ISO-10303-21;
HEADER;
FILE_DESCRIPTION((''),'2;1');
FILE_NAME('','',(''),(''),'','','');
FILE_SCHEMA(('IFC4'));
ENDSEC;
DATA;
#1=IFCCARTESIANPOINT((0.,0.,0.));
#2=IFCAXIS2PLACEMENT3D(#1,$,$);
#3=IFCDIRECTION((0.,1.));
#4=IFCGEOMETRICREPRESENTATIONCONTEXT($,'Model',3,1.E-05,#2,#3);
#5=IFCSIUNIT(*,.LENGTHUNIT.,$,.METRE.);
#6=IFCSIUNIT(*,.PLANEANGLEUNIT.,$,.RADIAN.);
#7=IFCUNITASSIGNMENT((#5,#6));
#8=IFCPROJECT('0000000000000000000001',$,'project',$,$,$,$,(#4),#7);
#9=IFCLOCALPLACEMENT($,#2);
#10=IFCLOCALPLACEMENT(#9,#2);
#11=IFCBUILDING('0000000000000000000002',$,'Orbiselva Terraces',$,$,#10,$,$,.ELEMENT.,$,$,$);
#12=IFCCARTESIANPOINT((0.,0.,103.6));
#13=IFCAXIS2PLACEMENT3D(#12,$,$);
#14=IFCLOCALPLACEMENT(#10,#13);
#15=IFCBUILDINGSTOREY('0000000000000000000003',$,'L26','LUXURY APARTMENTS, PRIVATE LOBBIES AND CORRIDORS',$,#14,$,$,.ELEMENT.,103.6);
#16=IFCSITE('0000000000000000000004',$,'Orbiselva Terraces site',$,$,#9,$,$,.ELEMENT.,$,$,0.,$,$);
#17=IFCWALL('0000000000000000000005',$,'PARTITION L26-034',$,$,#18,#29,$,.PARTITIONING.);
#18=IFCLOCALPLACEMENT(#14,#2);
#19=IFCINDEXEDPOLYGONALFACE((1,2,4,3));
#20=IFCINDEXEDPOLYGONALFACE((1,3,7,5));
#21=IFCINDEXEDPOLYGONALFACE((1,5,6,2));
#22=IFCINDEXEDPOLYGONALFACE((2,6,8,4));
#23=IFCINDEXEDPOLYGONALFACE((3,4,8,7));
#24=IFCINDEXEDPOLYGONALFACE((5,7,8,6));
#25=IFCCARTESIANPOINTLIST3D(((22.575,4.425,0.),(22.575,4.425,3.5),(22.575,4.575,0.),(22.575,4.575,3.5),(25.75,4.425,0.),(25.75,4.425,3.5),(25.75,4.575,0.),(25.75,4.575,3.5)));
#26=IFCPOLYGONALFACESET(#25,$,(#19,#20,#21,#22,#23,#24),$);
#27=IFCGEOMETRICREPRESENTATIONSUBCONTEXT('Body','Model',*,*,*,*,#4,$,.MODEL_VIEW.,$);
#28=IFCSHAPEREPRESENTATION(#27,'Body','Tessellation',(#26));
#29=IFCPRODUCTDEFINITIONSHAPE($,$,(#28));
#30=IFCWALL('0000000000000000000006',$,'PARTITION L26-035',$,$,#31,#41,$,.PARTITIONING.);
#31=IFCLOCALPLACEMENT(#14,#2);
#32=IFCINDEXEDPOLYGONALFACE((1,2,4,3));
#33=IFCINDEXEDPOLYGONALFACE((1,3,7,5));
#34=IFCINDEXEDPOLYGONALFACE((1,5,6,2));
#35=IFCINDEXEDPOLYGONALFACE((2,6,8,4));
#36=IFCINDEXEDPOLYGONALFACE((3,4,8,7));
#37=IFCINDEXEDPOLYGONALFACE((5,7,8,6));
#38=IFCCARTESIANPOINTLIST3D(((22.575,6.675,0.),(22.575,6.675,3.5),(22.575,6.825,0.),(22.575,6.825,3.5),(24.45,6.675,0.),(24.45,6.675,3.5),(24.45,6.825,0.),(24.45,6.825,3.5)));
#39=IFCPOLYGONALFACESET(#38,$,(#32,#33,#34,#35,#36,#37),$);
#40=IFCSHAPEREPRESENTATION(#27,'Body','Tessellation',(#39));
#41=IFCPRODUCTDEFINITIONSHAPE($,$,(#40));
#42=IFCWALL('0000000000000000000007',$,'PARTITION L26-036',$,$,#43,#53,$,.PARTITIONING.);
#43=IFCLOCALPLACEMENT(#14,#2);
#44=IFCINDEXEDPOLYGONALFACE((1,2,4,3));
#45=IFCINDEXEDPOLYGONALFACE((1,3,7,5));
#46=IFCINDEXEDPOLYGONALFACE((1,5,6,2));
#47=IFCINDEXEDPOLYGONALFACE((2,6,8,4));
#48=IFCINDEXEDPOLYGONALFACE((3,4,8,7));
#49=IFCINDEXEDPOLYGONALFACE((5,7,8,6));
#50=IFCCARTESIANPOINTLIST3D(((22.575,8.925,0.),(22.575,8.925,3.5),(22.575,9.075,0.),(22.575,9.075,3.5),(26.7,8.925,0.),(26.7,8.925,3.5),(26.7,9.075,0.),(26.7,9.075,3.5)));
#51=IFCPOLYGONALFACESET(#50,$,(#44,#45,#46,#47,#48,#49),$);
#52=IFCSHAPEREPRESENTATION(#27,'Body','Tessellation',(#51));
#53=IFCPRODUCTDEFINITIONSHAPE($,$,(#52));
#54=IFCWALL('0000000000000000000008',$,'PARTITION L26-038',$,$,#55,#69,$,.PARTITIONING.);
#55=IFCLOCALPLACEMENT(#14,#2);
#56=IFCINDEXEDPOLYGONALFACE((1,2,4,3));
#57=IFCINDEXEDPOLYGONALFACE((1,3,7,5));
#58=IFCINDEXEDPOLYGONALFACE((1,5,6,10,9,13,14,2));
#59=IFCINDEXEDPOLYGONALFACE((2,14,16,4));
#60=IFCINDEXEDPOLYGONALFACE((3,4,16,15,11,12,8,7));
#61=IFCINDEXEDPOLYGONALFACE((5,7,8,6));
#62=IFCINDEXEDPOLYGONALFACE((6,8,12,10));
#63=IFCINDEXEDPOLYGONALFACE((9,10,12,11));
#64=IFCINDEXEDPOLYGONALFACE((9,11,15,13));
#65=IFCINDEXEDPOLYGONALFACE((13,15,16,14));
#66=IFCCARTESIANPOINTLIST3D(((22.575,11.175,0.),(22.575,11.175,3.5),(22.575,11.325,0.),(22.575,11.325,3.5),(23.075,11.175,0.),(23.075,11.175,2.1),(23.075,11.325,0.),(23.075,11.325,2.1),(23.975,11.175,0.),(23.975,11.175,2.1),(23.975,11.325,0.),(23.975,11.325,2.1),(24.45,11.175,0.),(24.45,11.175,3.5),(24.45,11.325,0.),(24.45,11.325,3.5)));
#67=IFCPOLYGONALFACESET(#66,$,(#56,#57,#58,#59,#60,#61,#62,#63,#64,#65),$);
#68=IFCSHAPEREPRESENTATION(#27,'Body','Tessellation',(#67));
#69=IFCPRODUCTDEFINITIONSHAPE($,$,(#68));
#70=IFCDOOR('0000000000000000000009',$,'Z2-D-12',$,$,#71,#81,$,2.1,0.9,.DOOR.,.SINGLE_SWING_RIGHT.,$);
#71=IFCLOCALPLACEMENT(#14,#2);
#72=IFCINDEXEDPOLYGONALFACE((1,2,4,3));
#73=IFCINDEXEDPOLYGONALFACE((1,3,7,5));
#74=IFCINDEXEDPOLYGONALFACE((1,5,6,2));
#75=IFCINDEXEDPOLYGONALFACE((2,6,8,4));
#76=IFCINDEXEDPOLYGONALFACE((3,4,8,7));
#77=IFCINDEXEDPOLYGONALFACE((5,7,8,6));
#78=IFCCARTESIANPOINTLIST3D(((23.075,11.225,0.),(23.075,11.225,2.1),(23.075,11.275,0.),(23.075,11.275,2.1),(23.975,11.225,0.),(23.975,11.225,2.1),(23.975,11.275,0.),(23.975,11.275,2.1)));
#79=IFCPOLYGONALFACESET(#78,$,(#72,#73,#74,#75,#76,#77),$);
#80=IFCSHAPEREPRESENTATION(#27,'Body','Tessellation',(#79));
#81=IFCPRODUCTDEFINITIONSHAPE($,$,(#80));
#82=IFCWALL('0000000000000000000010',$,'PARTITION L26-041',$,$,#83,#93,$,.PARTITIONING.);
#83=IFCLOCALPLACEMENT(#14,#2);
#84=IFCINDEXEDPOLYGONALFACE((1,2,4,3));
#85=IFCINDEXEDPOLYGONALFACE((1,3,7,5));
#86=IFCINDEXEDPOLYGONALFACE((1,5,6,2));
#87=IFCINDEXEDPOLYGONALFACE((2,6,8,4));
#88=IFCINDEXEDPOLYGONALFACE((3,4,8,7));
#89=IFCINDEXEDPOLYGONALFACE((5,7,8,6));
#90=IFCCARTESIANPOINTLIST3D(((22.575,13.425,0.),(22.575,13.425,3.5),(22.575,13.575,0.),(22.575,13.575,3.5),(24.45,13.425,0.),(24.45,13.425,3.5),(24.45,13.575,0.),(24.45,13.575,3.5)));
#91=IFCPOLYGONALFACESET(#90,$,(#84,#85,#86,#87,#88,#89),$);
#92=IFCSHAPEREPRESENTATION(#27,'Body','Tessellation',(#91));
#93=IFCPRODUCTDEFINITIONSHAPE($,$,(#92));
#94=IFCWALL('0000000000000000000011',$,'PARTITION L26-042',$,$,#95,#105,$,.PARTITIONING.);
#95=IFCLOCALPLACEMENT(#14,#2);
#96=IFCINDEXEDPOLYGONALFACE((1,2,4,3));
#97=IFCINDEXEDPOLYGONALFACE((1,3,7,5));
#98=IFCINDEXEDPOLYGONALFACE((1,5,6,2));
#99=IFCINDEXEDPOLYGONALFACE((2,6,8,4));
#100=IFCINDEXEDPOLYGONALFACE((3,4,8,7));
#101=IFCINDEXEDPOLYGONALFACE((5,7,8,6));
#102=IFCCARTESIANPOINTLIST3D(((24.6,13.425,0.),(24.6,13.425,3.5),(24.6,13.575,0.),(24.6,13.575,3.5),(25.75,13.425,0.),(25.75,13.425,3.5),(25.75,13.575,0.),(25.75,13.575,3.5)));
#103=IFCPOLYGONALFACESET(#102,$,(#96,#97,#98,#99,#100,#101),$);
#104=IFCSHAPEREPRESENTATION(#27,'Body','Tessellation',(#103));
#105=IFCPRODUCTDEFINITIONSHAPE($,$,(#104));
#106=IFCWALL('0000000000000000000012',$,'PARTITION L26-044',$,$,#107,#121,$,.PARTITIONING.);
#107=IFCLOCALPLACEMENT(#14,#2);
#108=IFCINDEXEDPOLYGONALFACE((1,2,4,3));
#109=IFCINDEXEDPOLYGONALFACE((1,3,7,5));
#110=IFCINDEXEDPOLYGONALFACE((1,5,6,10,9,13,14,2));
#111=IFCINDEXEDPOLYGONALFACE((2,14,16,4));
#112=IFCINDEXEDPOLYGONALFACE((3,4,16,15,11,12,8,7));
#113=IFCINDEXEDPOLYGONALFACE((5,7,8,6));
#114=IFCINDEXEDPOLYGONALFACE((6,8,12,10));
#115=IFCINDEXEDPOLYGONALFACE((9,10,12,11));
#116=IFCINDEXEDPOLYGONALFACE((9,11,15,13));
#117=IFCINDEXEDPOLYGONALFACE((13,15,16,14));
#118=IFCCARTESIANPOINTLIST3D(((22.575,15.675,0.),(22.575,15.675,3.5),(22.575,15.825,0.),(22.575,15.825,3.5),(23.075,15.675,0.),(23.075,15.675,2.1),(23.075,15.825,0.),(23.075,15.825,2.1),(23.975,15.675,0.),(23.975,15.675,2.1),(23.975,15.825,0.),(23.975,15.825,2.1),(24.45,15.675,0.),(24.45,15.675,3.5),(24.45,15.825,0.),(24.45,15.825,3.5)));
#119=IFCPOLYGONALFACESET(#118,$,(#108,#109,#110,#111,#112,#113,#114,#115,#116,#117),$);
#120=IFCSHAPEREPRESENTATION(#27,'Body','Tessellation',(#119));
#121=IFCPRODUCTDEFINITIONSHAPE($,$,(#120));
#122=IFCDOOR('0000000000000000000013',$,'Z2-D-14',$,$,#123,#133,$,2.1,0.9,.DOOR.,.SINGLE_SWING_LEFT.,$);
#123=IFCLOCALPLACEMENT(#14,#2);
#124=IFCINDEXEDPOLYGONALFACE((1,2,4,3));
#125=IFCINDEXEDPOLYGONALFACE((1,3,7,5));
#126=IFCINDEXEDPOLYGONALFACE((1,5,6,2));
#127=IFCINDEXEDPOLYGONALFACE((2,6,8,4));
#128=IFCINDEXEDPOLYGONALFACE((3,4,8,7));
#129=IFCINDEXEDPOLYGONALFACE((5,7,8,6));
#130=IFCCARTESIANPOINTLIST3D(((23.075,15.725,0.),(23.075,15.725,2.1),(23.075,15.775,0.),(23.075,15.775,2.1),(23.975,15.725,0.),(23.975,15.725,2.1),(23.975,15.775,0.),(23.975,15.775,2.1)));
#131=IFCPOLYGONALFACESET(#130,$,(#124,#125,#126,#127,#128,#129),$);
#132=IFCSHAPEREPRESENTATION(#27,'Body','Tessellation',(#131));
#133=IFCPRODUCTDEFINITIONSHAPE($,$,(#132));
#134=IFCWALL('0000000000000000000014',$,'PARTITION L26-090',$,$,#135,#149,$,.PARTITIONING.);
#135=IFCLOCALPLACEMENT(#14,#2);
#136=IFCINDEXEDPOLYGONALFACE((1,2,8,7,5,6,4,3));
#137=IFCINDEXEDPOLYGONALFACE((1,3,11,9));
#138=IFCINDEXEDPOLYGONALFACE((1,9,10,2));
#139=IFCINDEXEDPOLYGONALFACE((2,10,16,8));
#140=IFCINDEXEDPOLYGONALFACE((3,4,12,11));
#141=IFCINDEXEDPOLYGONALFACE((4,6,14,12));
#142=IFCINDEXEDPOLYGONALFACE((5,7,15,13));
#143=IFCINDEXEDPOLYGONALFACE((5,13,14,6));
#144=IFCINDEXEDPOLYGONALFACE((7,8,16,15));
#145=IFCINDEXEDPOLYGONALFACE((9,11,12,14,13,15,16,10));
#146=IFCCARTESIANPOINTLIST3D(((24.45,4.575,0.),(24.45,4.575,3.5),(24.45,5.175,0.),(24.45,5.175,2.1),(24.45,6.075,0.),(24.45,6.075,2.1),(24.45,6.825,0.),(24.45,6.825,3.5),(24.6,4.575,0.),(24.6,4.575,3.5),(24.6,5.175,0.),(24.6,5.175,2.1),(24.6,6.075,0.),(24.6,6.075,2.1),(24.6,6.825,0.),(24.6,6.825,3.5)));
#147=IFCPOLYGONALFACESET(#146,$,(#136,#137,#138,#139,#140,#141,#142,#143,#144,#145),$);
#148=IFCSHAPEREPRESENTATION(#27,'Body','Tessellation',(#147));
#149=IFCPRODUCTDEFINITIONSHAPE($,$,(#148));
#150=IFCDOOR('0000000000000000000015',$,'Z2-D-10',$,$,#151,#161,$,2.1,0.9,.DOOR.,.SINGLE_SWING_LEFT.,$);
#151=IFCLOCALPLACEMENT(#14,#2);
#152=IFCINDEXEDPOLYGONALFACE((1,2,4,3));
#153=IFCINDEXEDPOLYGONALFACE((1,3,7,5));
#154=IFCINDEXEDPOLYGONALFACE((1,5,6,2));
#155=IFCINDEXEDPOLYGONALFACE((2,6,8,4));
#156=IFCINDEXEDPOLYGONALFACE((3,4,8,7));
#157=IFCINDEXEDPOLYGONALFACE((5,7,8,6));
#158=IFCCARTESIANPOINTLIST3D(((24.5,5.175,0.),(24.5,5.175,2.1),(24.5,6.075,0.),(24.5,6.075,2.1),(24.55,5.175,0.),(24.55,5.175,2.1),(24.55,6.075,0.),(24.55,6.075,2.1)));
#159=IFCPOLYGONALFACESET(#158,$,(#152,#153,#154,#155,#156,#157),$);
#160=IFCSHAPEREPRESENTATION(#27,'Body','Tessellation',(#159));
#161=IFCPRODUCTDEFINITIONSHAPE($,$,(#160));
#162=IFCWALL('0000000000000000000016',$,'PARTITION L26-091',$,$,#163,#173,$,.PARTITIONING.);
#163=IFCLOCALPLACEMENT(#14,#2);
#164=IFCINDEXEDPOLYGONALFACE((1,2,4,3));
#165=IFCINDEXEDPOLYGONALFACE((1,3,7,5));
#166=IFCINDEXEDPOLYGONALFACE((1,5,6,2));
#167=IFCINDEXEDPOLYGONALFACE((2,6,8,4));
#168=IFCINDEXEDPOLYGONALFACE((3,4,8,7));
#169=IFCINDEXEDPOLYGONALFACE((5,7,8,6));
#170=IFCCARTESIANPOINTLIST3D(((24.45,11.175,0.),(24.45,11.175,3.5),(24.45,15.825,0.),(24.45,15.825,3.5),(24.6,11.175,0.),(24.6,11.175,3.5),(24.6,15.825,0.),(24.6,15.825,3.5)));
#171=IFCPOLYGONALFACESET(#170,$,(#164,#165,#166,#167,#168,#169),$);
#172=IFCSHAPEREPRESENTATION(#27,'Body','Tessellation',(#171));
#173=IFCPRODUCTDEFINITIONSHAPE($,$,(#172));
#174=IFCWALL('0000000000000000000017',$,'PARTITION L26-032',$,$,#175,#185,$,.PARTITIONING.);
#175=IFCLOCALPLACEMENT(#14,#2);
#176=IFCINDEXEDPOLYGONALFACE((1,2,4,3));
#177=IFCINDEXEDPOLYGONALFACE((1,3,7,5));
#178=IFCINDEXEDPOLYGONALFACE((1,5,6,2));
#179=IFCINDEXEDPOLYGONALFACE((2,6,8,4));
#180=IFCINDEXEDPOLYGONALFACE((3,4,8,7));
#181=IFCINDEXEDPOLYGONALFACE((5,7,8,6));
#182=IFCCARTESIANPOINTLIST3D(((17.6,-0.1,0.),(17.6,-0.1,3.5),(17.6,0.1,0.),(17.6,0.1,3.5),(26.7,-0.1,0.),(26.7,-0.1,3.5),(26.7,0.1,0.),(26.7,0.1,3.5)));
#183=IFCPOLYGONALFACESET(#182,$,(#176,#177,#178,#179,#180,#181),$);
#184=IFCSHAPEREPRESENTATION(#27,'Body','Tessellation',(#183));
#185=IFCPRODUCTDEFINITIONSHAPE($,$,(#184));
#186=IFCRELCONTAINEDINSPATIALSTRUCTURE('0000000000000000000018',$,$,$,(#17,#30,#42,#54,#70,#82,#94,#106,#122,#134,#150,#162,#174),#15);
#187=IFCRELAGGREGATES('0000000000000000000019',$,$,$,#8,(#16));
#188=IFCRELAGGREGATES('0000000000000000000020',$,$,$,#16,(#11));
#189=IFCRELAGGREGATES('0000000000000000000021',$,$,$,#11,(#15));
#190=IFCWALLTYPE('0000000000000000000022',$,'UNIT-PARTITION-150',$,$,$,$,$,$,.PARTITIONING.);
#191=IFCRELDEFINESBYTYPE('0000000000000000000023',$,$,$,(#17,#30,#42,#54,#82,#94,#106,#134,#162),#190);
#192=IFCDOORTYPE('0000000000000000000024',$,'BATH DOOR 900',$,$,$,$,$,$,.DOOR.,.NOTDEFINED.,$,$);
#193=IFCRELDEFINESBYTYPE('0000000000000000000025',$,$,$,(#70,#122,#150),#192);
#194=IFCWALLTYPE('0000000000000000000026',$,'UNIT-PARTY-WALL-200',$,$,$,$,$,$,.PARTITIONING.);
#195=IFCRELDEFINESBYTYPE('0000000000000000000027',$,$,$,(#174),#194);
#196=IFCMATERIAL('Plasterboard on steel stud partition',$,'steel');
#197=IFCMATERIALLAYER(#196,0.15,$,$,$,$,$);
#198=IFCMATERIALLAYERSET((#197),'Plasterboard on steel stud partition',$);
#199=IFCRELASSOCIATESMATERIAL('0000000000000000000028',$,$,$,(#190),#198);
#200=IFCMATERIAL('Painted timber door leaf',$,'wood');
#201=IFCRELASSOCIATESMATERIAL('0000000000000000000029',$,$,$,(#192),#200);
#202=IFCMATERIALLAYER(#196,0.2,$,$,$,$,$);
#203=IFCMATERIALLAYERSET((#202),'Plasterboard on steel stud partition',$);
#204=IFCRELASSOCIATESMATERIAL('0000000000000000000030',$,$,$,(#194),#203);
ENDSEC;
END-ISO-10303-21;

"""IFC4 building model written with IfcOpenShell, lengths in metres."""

from ifc_helpers import new_model, si_unit, direction, frame, frame_2d, origin, place, context, subcontext, project, spatial, rectangle, extrude, material, layer, layer_set, type_object, element, fill, save


model = new_model("IFC4")

# Units and contexts
model_context = context("Model", 3, precision=1e-05, world=origin(), true_north=direction((0.0, 1.0)))
body_context = subcontext(model_context, "Body", "Model", "MODEL_VIEW")
ifc_project = project(units=[si_unit("LENGTHUNIT", "METRE"), si_unit("PLANEANGLEUNIT", "RADIAN")], contexts=[model_context])

# Site, building, storey
site_placement = place(None, origin())
site = spatial("IfcSite", under=ifc_project, at=site_placement, Name="Orbiselva Terraces site", CompositionType="ELEMENT", RefElevation=0.0)
building_placement = place(site_placement, origin())
building = spatial("IfcBuilding", under=site, at=building_placement, Name="Orbiselva Terraces", CompositionType="ELEMENT")
storey_placement = place(building_placement, frame((0.0, 0.0, 103.6)))
storey = spatial("IfcBuildingStorey", under=building, at=storey_placement, Name="L26", Description="LUXURY APARTMENTS, PRIVATE LOBBIES AND CORRIDORS", CompositionType="ELEMENT", Elevation=103.6)

# Walls
ifc_material_1 = material(Name="Plasterboard on steel stud partition", Category="steel")
ifc_layer_1 = layer(ifc_material_1, 0.15)
ifc_layer_set_1 = layer_set([ifc_layer_1], Name="Plasterboard on steel stud partition")
wall_type_1 = type_object("IfcWallType", Name="UNIT-PARTITION-150", PredefinedType="PARTITIONING", material=ifc_layer_set_1)
wall_1_placement = place(storey_placement, frame((22.575, 4.5, 0.0), z_axis=(0.0, 0.0, 1.0), x_axis=(1.0, 0.0, 0.0)))
element("IfcWall", 1, at=wall_1_placement, inside=storey, type_object=wall_type_1, Name="PARTITION L26-034", PredefinedType="PARTITIONING", context=body_context, shape_type="SweptSolid", body=[
    extrude(rectangle(XDim=3.175, YDim=0.15, at=frame_2d((1.5875, 0.0))), origin(), (0.0, 0.0, 1.0), 3.5),
])
wall_2_placement = place(storey_placement, frame((22.575, 6.75, 0.0), z_axis=(0.0, 0.0, 1.0), x_axis=(1.0, 0.0, 0.0)))
element("IfcWall", 2, at=wall_2_placement, inside=storey, type_object=wall_type_1, Name="PARTITION L26-035", PredefinedType="PARTITIONING", context=body_context, shape_type="SweptSolid", body=[
    extrude(rectangle(XDim=1.875, YDim=0.15, at=frame_2d((0.9375, 0.0))), origin(), (0.0, 0.0, 1.0), 3.5),
])
wall_3_placement = place(storey_placement, frame((22.575, 9.0, 0.0), z_axis=(0.0, 0.0, 1.0), x_axis=(1.0, 0.0, 0.0)))
element("IfcWall", 3, at=wall_3_placement, inside=storey, type_object=wall_type_1, Name="PARTITION L26-036", PredefinedType="PARTITIONING", context=body_context, shape_type="SweptSolid", body=[
    extrude(rectangle(XDim=4.125, YDim=0.15, at=frame_2d((2.0625, 0.0))), origin(), (0.0, 0.0, 1.0), 3.5),
])

# Wall, opening, door
wall_4_placement = place(storey_placement, frame((22.575, 11.25, 0.0), z_axis=(0.0, 0.0, 1.0), x_axis=(1.0, 0.0, 0.0)))
wall_4 = element("IfcWall", 4, at=wall_4_placement, inside=storey, type_object=wall_type_1, Name="PARTITION L26-038", PredefinedType="PARTITIONING", context=body_context, shape_type="SweptSolid", body=[
    extrude(rectangle(XDim=1.875, YDim=0.15, at=frame_2d((0.9375, 0.0))), origin(), (0.0, 0.0, 1.0), 3.5),
])
opening_1_placement = place(wall_4_placement, frame((0.5, 0.0, 0.0)))
opening_1 = element("IfcOpeningElement", 5, at=opening_1_placement, cuts=wall_4, PredefinedType="OPENING", context=body_context, shape_type="SweptSolid", body=[
    extrude(rectangle(XDim=0.9, YDim=2.1, at=frame_2d((0.45, 1.05))), frame((0.0, 0.085, 0.0), z_axis=(0.0, -1.0, 0.0), x_axis=(1.0, 0.0, 0.0)), (0.0, 0.0, 1.0), 0.17),
])
ifc_material_2 = material(Name="Painted timber door leaf", Category="wood")
door_type_1 = type_object("IfcDoorType", Name="BATH DOOR 900", OperationType="NOTDEFINED", PredefinedType="DOOR", material=ifc_material_2)
door_1_placement = place(opening_1_placement, origin())
door_1 = element("IfcDoor", 6, at=door_1_placement, inside=storey, type_object=door_type_1, Name="Z2-D-12", OperationType="SINGLE_SWING_RIGHT", OverallHeight=2.1, OverallWidth=0.9, PredefinedType="DOOR", context=body_context, shape_type="SweptSolid", body=[
    extrude(rectangle(XDim=0.9, YDim=2.1, at=frame_2d((0.45, 1.05))), frame((0.0, 0.025, 0.0), z_axis=(0.0, -1.0, 0.0), x_axis=(1.0, 0.0, 0.0)), (0.0, 0.0, 1.0), 0.05),
])
fill(opening_1, door_1)

# Walls
wall_5_placement = place(storey_placement, frame((22.575, 13.5, 0.0), z_axis=(0.0, 0.0, 1.0), x_axis=(1.0, 0.0, 0.0)))
element("IfcWall", 7, at=wall_5_placement, inside=storey, type_object=wall_type_1, Name="PARTITION L26-041", PredefinedType="PARTITIONING", context=body_context, shape_type="SweptSolid", body=[
    extrude(rectangle(XDim=1.875, YDim=0.15, at=frame_2d((0.9375, 0.0))), origin(), (0.0, 0.0, 1.0), 3.5),
])
wall_6_placement = place(storey_placement, frame((24.6, 13.5, 0.0), z_axis=(0.0, 0.0, 1.0), x_axis=(1.0, 0.0, 0.0)))
element("IfcWall", 8, at=wall_6_placement, inside=storey, type_object=wall_type_1, Name="PARTITION L26-042", PredefinedType="PARTITIONING", context=body_context, shape_type="SweptSolid", body=[
    extrude(rectangle(XDim=1.15, YDim=0.15, at=frame_2d((0.575, 0.0))), origin(), (0.0, 0.0, 1.0), 3.5),
])

# Walls, openings, doors
wall_7_placement = place(storey_placement, frame((24.45, 15.75, 0.0), z_axis=(0.0, 0.0, 1.0), x_axis=(-1.0, 0.0, 0.0)))
wall_7 = element("IfcWall", 9, at=wall_7_placement, inside=storey, type_object=wall_type_1, Name="PARTITION L26-044", PredefinedType="PARTITIONING", context=body_context, shape_type="SweptSolid", body=[
    extrude(rectangle(XDim=1.875, YDim=0.15, at=frame_2d((0.9375, 0.0))), origin(), (0.0, 0.0, 1.0), 3.5),
])
opening_2_placement = place(wall_7_placement, frame((0.475, 0.0, 0.0)))
opening_2 = element("IfcOpeningElement", 10, at=opening_2_placement, cuts=wall_7, PredefinedType="OPENING", context=body_context, shape_type="SweptSolid", body=[
    extrude(rectangle(XDim=0.9, YDim=2.1, at=frame_2d((0.45, 1.05))), frame((0.0, 0.085, 0.0), z_axis=(0.0, -1.0, 0.0), x_axis=(1.0, 0.0, 0.0)), (0.0, 0.0, 1.0), 0.17),
])
door_2_placement = place(opening_2_placement, origin())
door_2 = element("IfcDoor", 11, at=door_2_placement, inside=storey, type_object=door_type_1, Name="Z2-D-14", OperationType="SINGLE_SWING_LEFT", OverallHeight=2.1, OverallWidth=0.9, PredefinedType="DOOR", context=body_context, shape_type="SweptSolid", body=[
    extrude(rectangle(XDim=0.9, YDim=2.1, at=frame_2d((0.45, 1.05))), frame((0.0, 0.025, 0.0), z_axis=(0.0, -1.0, 0.0), x_axis=(1.0, 0.0, 0.0)), (0.0, 0.0, 1.0), 0.05),
])
fill(opening_2, door_2)
wall_8_placement = place(storey_placement, frame((24.525, 4.575, 0.0), z_axis=(0.0, 0.0, 1.0), x_axis=(0.0, 1.0, 0.0)))
wall_8 = element("IfcWall", 12, at=wall_8_placement, inside=storey, type_object=wall_type_1, Name="PARTITION L26-090", PredefinedType="PARTITIONING", context=body_context, shape_type="SweptSolid", body=[
    extrude(rectangle(XDim=2.25, YDim=0.15, at=frame_2d((1.125, 0.0))), origin(), (0.0, 0.0, 1.0), 3.5),
])
opening_3_placement = place(wall_8_placement, frame((0.6, 0.0, 0.0)))
opening_3 = element("IfcOpeningElement", 13, at=opening_3_placement, cuts=wall_8, PredefinedType="OPENING", context=body_context, shape_type="SweptSolid", body=[
    extrude(rectangle(XDim=0.9, YDim=2.1, at=frame_2d((0.45, 1.05))), frame((0.0, 0.085, 0.0), z_axis=(0.0, -1.0, 0.0), x_axis=(1.0, 0.0, 0.0)), (0.0, 0.0, 1.0), 0.17),
])
door_3_placement = place(opening_3_placement, origin())
door_3 = element("IfcDoor", 14, at=door_3_placement, inside=storey, type_object=door_type_1, Name="Z2-D-10", OperationType="SINGLE_SWING_LEFT", OverallHeight=2.1, OverallWidth=0.9, PredefinedType="DOOR", context=body_context, shape_type="SweptSolid", body=[
    extrude(rectangle(XDim=0.9, YDim=2.1, at=frame_2d((0.45, 1.05))), frame((0.0, 0.025, 0.0), z_axis=(0.0, -1.0, 0.0), x_axis=(1.0, 0.0, 0.0)), (0.0, 0.0, 1.0), 0.05),
])
fill(opening_3, door_3)

# Walls
wall_9_placement = place(storey_placement, frame((24.525, 11.175, 0.0), z_axis=(0.0, 0.0, 1.0), x_axis=(0.0, 1.0, 0.0)))
element("IfcWall", 15, at=wall_9_placement, inside=storey, type_object=wall_type_1, Name="PARTITION L26-091", PredefinedType="PARTITIONING", context=body_context, shape_type="SweptSolid", body=[
    extrude(rectangle(XDim=4.65, YDim=0.15, at=frame_2d((2.325, 0.0))), origin(), (0.0, 0.0, 1.0), 3.5),
])
ifc_layer_2 = layer(ifc_material_1, 0.2)
ifc_layer_set_2 = layer_set([ifc_layer_2], Name="Plasterboard on steel stud partition")
wall_type_2 = type_object("IfcWallType", Name="UNIT-PARTY-WALL-200", PredefinedType="PARTITIONING", material=ifc_layer_set_2)
wall_10_placement = place(storey_placement, frame((17.6, 0.0, 0.0), z_axis=(0.0, 0.0, 1.0), x_axis=(1.0, 0.0, 0.0)))
element("IfcWall", 16, at=wall_10_placement, inside=storey, type_object=wall_type_2, Name="PARTITION L26-032", PredefinedType="PARTITIONING", context=body_context, shape_type="SweptSolid", body=[
    extrude(rectangle(XDim=9.1, YDim=0.2, at=frame_2d((4.55, 0.0))), origin(), (0.0, 0.0, 1.0), 3.5),
])

save(model, "model.ifc")
